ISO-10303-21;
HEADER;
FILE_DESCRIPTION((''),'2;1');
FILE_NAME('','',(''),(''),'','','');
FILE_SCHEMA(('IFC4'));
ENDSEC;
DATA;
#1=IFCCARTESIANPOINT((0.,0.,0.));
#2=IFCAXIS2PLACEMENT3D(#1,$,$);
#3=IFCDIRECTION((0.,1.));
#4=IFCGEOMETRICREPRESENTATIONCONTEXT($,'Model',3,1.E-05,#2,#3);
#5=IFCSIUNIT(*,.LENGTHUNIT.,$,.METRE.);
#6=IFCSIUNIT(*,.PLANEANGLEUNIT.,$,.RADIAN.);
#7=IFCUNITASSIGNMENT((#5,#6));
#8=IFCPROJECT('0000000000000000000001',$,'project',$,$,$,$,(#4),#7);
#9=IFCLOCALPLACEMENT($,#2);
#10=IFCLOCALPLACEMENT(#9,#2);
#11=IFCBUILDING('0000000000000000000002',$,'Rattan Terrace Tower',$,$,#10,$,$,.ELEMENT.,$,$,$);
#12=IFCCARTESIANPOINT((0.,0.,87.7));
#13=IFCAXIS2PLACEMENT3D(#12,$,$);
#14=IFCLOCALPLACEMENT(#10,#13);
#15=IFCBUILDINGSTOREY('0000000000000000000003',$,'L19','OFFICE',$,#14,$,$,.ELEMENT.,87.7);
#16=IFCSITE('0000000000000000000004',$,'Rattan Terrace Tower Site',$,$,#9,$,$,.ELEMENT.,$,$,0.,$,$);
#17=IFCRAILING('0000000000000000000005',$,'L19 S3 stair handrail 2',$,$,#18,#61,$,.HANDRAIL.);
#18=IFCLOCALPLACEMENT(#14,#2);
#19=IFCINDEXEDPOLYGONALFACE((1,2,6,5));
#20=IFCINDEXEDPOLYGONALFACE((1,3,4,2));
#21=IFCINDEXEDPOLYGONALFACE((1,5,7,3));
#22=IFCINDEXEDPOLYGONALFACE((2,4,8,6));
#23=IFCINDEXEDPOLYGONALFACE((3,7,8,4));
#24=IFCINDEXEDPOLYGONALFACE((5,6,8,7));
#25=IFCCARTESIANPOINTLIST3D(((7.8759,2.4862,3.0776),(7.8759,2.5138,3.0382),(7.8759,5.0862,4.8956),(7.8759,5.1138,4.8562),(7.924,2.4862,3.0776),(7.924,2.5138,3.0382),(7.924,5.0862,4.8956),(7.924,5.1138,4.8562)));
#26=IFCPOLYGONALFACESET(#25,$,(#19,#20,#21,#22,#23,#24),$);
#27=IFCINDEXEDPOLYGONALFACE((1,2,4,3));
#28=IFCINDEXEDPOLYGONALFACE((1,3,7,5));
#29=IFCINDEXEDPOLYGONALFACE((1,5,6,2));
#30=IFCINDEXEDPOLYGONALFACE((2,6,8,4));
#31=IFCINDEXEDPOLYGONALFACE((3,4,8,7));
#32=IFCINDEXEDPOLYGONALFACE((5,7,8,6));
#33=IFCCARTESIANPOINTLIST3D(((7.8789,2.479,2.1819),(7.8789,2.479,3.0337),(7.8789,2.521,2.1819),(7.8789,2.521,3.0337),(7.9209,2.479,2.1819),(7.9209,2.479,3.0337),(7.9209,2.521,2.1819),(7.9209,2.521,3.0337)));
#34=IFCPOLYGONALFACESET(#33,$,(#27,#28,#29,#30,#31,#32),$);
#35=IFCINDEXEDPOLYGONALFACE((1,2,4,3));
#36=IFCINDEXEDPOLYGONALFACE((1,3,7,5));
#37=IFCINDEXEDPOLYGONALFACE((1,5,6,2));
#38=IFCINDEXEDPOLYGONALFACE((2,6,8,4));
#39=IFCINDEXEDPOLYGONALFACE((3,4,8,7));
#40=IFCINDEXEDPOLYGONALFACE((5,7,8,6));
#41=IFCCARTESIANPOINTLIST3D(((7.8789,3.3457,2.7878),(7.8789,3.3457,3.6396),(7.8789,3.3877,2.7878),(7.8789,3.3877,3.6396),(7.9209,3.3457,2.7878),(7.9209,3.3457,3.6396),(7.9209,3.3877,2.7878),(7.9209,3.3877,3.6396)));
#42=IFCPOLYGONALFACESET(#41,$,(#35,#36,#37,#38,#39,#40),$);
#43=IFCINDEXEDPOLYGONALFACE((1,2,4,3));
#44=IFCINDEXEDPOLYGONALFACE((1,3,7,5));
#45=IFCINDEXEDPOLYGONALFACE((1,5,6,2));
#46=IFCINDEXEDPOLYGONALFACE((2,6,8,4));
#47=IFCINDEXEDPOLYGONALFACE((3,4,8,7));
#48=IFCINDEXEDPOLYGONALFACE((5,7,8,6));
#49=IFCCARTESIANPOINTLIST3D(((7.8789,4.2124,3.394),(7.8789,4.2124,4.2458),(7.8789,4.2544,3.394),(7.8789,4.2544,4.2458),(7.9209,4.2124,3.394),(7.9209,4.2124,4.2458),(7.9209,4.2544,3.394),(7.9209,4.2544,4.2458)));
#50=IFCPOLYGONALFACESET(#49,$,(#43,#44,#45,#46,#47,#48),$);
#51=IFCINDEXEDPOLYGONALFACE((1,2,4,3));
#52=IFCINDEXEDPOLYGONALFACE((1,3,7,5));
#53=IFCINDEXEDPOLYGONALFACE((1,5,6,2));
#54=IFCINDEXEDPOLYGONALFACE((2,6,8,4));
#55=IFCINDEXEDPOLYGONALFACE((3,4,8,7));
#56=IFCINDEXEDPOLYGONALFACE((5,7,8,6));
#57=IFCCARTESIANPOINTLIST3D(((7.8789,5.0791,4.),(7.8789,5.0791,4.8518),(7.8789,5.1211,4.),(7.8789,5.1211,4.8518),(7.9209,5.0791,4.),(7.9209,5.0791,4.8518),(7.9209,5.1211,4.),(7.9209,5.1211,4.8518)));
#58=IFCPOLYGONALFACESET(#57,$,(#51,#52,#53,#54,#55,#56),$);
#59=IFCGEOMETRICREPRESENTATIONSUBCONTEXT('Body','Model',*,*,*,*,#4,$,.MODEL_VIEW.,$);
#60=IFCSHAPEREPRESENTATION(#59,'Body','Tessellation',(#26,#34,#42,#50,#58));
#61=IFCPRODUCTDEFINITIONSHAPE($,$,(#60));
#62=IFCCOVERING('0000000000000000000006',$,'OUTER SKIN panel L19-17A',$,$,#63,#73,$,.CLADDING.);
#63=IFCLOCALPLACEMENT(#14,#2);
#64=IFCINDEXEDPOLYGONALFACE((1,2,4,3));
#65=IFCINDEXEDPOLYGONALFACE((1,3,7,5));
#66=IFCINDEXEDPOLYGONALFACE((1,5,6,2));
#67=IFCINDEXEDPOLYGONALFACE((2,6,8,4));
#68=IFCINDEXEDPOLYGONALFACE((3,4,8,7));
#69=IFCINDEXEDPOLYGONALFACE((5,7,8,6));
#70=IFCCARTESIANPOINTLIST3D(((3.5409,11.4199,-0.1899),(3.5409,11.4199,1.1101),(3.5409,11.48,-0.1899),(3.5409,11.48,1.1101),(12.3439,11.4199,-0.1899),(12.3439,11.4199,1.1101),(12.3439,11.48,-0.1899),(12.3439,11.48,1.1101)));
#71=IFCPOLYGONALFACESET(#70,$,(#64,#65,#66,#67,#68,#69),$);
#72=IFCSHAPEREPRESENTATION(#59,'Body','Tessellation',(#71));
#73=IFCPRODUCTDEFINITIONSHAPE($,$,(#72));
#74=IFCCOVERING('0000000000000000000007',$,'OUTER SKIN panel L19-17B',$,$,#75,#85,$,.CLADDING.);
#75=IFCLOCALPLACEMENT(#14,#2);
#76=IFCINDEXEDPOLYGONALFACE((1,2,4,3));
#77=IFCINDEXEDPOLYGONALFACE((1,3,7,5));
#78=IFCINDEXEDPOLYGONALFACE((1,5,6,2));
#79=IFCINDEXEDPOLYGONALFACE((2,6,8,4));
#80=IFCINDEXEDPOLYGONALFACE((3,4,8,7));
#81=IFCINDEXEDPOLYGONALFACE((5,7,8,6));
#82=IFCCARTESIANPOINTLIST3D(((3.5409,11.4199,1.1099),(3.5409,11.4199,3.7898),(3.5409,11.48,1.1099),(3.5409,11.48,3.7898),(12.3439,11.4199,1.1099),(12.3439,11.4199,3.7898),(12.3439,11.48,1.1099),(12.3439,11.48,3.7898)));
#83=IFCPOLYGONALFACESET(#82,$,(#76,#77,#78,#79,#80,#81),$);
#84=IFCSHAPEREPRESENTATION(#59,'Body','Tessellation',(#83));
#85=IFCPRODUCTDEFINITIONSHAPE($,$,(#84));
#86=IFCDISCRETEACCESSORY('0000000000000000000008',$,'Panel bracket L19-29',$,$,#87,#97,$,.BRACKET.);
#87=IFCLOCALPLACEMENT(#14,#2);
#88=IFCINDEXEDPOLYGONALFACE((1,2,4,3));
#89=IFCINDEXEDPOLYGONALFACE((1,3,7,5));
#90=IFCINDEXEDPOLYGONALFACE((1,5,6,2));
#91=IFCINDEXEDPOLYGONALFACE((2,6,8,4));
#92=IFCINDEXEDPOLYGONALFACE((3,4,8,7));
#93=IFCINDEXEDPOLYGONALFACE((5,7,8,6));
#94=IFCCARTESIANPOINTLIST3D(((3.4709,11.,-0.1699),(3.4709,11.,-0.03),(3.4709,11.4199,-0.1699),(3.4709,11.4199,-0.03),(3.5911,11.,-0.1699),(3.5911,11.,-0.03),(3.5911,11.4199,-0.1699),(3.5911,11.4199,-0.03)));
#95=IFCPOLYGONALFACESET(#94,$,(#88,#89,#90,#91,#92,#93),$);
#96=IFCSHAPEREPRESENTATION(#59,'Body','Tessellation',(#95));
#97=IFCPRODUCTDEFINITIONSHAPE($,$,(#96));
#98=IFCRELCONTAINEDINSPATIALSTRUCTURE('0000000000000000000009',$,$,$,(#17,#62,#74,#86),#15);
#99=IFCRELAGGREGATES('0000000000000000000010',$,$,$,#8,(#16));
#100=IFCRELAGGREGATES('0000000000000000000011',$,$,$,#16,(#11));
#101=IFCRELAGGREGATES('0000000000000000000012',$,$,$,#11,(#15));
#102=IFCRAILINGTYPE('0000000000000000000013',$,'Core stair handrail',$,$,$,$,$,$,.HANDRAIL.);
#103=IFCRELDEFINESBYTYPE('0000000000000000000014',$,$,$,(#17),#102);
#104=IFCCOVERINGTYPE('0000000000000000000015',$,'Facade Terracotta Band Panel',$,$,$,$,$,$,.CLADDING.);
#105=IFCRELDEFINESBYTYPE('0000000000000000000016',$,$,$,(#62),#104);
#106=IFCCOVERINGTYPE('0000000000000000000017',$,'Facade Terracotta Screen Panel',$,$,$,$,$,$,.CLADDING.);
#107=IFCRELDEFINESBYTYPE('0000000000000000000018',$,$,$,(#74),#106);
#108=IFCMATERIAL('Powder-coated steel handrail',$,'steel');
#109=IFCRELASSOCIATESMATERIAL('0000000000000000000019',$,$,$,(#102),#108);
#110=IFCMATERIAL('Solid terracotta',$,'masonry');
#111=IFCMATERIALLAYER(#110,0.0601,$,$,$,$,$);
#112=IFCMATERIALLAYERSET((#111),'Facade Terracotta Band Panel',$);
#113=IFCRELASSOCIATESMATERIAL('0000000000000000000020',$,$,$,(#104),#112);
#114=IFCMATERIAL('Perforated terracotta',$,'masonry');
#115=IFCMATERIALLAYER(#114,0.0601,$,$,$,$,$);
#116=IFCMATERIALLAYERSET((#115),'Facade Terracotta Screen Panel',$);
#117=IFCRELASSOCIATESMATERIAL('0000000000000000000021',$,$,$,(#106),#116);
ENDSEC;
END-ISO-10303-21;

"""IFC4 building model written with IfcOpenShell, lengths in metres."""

from ifc_helpers import new_model, si_unit, direction, frame, origin, origin_2d, place, context, subcontext, project, spatial, rectangle, extrude, material, layer, layer_set, type_object, element, save


model = new_model("IFC4")

# Units and contexts
model_context = context("Model", 3, precision=1e-05, world=origin(), true_north=direction((0.0, 1.0)))
body_context = subcontext(model_context, "Body", "Model", "MODEL_VIEW")
ifc_project = project(units=[si_unit("LENGTHUNIT", "METRE"), si_unit("PLANEANGLEUNIT", "RADIAN")], contexts=[model_context])

# Site, building, storey
site_placement = place(None, origin())
site = spatial("IfcSite", under=ifc_project, at=site_placement, Name="Rattan Terrace Tower Site", CompositionType="ELEMENT", RefElevation=0.0)
building_placement = place(site_placement, origin())
building = spatial("IfcBuilding", under=site, at=building_placement, Name="Rattan Terrace Tower", CompositionType="ELEMENT")
storey_placement = place(building_placement, frame((0.0, 0.0, 87.7)))
storey = spatial("IfcBuildingStorey", under=building, at=storey_placement, Name="L19", Description="OFFICE", CompositionType="ELEMENT", Elevation=87.7)

# Railing
ifc_material_1 = material(Name="Powder-coated steel handrail", Category="steel")
railing_type_1 = type_object("IfcRailingType", Name="Core stair handrail", PredefinedType="HANDRAIL", material=ifc_material_1)
railing_1_placement = place(storey_placement, frame((7.8999, 2.5, 2.1819)))
element("IfcRailing", 1, at=railing_1_placement, inside=storey, type_object=railing_type_1, Name="L19 S3 stair handrail 2", PredefinedType="HANDRAIL", context=body_context, shape_type="SweptSolid", body=[
    extrude(rectangle(XDim=0.0481, YDim=0.0481, at=origin_2d()), frame((0.0, 0.0, 0.876), z_axis=(0.0, 0.819521, 0.573049), x_axis=(-1.0, 0.0, 0.0)), (0.0, 0.0, 1.0), 3.1726),
    extrude(rectangle(XDim=0.042, YDim=0.042, at=origin_2d()), origin(), (0.0, 0.0, 1.0), 0.8518),
    extrude(rectangle(XDim=0.042, YDim=0.042, at=origin_2d()), frame((0.0, 0.8667, 0.606)), (0.0, 0.0, 1.0), 0.8518),
    extrude(rectangle(XDim=0.042, YDim=0.042, at=origin_2d()), frame((0.0, 1.7334, 1.2122)), (0.0, 0.0, 1.0), 0.8518),
    extrude(rectangle(XDim=0.042, YDim=0.042, at=origin_2d()), frame((0.0, 2.6001, 1.8181)), (0.0, 0.0, 1.0), 0.8518),
])

# Coverings
ifc_material_2 = material(Name="Solid terracotta", Category="masonry")
ifc_layer_1 = layer(ifc_material_2, 0.0601)
ifc_layer_set_1 = layer_set([ifc_layer_1], Name="Facade Terracotta Band Panel")
covering_type_1 = type_object("IfcCoveringType", Name="Facade Terracotta Band Panel", PredefinedType="CLADDING", material=ifc_layer_set_1)
covering_1_placement = place(storey_placement, frame((7.9424, 11.45, -0.1899), z_axis=(0.0, 0.0, 1.0), x_axis=(-1.0, 0.0, 0.0)))
element("IfcCovering", 2, at=covering_1_placement, inside=storey, type_object=covering_type_1, Name="OUTER SKIN panel L19-17A", PredefinedType="CLADDING", context=body_context, shape_type="SweptSolid", body=[
    extrude(rectangle(XDim=8.803, YDim=0.0601, at=origin_2d()), origin(), (0.0, 0.0, 1.0), 1.3),
])
ifc_material_3 = material(Name="Perforated terracotta", Category="masonry")
ifc_layer_2 = layer(ifc_material_3, 0.0601)
ifc_layer_set_2 = layer_set([ifc_layer_2], Name="Facade Terracotta Screen Panel")
covering_type_2 = type_object("IfcCoveringType", Name="Facade Terracotta Screen Panel", PredefinedType="CLADDING", material=ifc_layer_set_2)
covering_2_placement = place(storey_placement, frame((7.9424, 11.45, 1.1099), z_axis=(0.0, 0.0, 1.0), x_axis=(-1.0, 0.0, 0.0)))
element("IfcCovering", 3, at=covering_2_placement, inside=storey, type_object=covering_type_2, Name="OUTER SKIN panel L19-17B", PredefinedType="CLADDING", context=body_context, shape_type="SweptSolid", body=[
    extrude(rectangle(XDim=8.803, YDim=0.0601, at=origin_2d()), origin(), (0.0, 0.0, 1.0), 2.6799),
])

# Discrete accessory
discrete_accessory_placement = place(storey_placement, frame((3.531, 11.21, -0.1699), z_axis=(0.0, 0.0, 1.0), x_axis=(-1.0, 0.0, 0.0)))
element("IfcDiscreteAccessory", 4, at=discrete_accessory_placement, inside=storey, Name="Panel bracket L19-29", PredefinedType="BRACKET", context=body_context, shape_type="SweptSolid", body=[
    extrude(rectangle(XDim=0.1201, YDim=0.4199, at=origin_2d()), origin(), (0.0, 0.0, 1.0), 0.1399),
])

save(model, "model.ifc")
